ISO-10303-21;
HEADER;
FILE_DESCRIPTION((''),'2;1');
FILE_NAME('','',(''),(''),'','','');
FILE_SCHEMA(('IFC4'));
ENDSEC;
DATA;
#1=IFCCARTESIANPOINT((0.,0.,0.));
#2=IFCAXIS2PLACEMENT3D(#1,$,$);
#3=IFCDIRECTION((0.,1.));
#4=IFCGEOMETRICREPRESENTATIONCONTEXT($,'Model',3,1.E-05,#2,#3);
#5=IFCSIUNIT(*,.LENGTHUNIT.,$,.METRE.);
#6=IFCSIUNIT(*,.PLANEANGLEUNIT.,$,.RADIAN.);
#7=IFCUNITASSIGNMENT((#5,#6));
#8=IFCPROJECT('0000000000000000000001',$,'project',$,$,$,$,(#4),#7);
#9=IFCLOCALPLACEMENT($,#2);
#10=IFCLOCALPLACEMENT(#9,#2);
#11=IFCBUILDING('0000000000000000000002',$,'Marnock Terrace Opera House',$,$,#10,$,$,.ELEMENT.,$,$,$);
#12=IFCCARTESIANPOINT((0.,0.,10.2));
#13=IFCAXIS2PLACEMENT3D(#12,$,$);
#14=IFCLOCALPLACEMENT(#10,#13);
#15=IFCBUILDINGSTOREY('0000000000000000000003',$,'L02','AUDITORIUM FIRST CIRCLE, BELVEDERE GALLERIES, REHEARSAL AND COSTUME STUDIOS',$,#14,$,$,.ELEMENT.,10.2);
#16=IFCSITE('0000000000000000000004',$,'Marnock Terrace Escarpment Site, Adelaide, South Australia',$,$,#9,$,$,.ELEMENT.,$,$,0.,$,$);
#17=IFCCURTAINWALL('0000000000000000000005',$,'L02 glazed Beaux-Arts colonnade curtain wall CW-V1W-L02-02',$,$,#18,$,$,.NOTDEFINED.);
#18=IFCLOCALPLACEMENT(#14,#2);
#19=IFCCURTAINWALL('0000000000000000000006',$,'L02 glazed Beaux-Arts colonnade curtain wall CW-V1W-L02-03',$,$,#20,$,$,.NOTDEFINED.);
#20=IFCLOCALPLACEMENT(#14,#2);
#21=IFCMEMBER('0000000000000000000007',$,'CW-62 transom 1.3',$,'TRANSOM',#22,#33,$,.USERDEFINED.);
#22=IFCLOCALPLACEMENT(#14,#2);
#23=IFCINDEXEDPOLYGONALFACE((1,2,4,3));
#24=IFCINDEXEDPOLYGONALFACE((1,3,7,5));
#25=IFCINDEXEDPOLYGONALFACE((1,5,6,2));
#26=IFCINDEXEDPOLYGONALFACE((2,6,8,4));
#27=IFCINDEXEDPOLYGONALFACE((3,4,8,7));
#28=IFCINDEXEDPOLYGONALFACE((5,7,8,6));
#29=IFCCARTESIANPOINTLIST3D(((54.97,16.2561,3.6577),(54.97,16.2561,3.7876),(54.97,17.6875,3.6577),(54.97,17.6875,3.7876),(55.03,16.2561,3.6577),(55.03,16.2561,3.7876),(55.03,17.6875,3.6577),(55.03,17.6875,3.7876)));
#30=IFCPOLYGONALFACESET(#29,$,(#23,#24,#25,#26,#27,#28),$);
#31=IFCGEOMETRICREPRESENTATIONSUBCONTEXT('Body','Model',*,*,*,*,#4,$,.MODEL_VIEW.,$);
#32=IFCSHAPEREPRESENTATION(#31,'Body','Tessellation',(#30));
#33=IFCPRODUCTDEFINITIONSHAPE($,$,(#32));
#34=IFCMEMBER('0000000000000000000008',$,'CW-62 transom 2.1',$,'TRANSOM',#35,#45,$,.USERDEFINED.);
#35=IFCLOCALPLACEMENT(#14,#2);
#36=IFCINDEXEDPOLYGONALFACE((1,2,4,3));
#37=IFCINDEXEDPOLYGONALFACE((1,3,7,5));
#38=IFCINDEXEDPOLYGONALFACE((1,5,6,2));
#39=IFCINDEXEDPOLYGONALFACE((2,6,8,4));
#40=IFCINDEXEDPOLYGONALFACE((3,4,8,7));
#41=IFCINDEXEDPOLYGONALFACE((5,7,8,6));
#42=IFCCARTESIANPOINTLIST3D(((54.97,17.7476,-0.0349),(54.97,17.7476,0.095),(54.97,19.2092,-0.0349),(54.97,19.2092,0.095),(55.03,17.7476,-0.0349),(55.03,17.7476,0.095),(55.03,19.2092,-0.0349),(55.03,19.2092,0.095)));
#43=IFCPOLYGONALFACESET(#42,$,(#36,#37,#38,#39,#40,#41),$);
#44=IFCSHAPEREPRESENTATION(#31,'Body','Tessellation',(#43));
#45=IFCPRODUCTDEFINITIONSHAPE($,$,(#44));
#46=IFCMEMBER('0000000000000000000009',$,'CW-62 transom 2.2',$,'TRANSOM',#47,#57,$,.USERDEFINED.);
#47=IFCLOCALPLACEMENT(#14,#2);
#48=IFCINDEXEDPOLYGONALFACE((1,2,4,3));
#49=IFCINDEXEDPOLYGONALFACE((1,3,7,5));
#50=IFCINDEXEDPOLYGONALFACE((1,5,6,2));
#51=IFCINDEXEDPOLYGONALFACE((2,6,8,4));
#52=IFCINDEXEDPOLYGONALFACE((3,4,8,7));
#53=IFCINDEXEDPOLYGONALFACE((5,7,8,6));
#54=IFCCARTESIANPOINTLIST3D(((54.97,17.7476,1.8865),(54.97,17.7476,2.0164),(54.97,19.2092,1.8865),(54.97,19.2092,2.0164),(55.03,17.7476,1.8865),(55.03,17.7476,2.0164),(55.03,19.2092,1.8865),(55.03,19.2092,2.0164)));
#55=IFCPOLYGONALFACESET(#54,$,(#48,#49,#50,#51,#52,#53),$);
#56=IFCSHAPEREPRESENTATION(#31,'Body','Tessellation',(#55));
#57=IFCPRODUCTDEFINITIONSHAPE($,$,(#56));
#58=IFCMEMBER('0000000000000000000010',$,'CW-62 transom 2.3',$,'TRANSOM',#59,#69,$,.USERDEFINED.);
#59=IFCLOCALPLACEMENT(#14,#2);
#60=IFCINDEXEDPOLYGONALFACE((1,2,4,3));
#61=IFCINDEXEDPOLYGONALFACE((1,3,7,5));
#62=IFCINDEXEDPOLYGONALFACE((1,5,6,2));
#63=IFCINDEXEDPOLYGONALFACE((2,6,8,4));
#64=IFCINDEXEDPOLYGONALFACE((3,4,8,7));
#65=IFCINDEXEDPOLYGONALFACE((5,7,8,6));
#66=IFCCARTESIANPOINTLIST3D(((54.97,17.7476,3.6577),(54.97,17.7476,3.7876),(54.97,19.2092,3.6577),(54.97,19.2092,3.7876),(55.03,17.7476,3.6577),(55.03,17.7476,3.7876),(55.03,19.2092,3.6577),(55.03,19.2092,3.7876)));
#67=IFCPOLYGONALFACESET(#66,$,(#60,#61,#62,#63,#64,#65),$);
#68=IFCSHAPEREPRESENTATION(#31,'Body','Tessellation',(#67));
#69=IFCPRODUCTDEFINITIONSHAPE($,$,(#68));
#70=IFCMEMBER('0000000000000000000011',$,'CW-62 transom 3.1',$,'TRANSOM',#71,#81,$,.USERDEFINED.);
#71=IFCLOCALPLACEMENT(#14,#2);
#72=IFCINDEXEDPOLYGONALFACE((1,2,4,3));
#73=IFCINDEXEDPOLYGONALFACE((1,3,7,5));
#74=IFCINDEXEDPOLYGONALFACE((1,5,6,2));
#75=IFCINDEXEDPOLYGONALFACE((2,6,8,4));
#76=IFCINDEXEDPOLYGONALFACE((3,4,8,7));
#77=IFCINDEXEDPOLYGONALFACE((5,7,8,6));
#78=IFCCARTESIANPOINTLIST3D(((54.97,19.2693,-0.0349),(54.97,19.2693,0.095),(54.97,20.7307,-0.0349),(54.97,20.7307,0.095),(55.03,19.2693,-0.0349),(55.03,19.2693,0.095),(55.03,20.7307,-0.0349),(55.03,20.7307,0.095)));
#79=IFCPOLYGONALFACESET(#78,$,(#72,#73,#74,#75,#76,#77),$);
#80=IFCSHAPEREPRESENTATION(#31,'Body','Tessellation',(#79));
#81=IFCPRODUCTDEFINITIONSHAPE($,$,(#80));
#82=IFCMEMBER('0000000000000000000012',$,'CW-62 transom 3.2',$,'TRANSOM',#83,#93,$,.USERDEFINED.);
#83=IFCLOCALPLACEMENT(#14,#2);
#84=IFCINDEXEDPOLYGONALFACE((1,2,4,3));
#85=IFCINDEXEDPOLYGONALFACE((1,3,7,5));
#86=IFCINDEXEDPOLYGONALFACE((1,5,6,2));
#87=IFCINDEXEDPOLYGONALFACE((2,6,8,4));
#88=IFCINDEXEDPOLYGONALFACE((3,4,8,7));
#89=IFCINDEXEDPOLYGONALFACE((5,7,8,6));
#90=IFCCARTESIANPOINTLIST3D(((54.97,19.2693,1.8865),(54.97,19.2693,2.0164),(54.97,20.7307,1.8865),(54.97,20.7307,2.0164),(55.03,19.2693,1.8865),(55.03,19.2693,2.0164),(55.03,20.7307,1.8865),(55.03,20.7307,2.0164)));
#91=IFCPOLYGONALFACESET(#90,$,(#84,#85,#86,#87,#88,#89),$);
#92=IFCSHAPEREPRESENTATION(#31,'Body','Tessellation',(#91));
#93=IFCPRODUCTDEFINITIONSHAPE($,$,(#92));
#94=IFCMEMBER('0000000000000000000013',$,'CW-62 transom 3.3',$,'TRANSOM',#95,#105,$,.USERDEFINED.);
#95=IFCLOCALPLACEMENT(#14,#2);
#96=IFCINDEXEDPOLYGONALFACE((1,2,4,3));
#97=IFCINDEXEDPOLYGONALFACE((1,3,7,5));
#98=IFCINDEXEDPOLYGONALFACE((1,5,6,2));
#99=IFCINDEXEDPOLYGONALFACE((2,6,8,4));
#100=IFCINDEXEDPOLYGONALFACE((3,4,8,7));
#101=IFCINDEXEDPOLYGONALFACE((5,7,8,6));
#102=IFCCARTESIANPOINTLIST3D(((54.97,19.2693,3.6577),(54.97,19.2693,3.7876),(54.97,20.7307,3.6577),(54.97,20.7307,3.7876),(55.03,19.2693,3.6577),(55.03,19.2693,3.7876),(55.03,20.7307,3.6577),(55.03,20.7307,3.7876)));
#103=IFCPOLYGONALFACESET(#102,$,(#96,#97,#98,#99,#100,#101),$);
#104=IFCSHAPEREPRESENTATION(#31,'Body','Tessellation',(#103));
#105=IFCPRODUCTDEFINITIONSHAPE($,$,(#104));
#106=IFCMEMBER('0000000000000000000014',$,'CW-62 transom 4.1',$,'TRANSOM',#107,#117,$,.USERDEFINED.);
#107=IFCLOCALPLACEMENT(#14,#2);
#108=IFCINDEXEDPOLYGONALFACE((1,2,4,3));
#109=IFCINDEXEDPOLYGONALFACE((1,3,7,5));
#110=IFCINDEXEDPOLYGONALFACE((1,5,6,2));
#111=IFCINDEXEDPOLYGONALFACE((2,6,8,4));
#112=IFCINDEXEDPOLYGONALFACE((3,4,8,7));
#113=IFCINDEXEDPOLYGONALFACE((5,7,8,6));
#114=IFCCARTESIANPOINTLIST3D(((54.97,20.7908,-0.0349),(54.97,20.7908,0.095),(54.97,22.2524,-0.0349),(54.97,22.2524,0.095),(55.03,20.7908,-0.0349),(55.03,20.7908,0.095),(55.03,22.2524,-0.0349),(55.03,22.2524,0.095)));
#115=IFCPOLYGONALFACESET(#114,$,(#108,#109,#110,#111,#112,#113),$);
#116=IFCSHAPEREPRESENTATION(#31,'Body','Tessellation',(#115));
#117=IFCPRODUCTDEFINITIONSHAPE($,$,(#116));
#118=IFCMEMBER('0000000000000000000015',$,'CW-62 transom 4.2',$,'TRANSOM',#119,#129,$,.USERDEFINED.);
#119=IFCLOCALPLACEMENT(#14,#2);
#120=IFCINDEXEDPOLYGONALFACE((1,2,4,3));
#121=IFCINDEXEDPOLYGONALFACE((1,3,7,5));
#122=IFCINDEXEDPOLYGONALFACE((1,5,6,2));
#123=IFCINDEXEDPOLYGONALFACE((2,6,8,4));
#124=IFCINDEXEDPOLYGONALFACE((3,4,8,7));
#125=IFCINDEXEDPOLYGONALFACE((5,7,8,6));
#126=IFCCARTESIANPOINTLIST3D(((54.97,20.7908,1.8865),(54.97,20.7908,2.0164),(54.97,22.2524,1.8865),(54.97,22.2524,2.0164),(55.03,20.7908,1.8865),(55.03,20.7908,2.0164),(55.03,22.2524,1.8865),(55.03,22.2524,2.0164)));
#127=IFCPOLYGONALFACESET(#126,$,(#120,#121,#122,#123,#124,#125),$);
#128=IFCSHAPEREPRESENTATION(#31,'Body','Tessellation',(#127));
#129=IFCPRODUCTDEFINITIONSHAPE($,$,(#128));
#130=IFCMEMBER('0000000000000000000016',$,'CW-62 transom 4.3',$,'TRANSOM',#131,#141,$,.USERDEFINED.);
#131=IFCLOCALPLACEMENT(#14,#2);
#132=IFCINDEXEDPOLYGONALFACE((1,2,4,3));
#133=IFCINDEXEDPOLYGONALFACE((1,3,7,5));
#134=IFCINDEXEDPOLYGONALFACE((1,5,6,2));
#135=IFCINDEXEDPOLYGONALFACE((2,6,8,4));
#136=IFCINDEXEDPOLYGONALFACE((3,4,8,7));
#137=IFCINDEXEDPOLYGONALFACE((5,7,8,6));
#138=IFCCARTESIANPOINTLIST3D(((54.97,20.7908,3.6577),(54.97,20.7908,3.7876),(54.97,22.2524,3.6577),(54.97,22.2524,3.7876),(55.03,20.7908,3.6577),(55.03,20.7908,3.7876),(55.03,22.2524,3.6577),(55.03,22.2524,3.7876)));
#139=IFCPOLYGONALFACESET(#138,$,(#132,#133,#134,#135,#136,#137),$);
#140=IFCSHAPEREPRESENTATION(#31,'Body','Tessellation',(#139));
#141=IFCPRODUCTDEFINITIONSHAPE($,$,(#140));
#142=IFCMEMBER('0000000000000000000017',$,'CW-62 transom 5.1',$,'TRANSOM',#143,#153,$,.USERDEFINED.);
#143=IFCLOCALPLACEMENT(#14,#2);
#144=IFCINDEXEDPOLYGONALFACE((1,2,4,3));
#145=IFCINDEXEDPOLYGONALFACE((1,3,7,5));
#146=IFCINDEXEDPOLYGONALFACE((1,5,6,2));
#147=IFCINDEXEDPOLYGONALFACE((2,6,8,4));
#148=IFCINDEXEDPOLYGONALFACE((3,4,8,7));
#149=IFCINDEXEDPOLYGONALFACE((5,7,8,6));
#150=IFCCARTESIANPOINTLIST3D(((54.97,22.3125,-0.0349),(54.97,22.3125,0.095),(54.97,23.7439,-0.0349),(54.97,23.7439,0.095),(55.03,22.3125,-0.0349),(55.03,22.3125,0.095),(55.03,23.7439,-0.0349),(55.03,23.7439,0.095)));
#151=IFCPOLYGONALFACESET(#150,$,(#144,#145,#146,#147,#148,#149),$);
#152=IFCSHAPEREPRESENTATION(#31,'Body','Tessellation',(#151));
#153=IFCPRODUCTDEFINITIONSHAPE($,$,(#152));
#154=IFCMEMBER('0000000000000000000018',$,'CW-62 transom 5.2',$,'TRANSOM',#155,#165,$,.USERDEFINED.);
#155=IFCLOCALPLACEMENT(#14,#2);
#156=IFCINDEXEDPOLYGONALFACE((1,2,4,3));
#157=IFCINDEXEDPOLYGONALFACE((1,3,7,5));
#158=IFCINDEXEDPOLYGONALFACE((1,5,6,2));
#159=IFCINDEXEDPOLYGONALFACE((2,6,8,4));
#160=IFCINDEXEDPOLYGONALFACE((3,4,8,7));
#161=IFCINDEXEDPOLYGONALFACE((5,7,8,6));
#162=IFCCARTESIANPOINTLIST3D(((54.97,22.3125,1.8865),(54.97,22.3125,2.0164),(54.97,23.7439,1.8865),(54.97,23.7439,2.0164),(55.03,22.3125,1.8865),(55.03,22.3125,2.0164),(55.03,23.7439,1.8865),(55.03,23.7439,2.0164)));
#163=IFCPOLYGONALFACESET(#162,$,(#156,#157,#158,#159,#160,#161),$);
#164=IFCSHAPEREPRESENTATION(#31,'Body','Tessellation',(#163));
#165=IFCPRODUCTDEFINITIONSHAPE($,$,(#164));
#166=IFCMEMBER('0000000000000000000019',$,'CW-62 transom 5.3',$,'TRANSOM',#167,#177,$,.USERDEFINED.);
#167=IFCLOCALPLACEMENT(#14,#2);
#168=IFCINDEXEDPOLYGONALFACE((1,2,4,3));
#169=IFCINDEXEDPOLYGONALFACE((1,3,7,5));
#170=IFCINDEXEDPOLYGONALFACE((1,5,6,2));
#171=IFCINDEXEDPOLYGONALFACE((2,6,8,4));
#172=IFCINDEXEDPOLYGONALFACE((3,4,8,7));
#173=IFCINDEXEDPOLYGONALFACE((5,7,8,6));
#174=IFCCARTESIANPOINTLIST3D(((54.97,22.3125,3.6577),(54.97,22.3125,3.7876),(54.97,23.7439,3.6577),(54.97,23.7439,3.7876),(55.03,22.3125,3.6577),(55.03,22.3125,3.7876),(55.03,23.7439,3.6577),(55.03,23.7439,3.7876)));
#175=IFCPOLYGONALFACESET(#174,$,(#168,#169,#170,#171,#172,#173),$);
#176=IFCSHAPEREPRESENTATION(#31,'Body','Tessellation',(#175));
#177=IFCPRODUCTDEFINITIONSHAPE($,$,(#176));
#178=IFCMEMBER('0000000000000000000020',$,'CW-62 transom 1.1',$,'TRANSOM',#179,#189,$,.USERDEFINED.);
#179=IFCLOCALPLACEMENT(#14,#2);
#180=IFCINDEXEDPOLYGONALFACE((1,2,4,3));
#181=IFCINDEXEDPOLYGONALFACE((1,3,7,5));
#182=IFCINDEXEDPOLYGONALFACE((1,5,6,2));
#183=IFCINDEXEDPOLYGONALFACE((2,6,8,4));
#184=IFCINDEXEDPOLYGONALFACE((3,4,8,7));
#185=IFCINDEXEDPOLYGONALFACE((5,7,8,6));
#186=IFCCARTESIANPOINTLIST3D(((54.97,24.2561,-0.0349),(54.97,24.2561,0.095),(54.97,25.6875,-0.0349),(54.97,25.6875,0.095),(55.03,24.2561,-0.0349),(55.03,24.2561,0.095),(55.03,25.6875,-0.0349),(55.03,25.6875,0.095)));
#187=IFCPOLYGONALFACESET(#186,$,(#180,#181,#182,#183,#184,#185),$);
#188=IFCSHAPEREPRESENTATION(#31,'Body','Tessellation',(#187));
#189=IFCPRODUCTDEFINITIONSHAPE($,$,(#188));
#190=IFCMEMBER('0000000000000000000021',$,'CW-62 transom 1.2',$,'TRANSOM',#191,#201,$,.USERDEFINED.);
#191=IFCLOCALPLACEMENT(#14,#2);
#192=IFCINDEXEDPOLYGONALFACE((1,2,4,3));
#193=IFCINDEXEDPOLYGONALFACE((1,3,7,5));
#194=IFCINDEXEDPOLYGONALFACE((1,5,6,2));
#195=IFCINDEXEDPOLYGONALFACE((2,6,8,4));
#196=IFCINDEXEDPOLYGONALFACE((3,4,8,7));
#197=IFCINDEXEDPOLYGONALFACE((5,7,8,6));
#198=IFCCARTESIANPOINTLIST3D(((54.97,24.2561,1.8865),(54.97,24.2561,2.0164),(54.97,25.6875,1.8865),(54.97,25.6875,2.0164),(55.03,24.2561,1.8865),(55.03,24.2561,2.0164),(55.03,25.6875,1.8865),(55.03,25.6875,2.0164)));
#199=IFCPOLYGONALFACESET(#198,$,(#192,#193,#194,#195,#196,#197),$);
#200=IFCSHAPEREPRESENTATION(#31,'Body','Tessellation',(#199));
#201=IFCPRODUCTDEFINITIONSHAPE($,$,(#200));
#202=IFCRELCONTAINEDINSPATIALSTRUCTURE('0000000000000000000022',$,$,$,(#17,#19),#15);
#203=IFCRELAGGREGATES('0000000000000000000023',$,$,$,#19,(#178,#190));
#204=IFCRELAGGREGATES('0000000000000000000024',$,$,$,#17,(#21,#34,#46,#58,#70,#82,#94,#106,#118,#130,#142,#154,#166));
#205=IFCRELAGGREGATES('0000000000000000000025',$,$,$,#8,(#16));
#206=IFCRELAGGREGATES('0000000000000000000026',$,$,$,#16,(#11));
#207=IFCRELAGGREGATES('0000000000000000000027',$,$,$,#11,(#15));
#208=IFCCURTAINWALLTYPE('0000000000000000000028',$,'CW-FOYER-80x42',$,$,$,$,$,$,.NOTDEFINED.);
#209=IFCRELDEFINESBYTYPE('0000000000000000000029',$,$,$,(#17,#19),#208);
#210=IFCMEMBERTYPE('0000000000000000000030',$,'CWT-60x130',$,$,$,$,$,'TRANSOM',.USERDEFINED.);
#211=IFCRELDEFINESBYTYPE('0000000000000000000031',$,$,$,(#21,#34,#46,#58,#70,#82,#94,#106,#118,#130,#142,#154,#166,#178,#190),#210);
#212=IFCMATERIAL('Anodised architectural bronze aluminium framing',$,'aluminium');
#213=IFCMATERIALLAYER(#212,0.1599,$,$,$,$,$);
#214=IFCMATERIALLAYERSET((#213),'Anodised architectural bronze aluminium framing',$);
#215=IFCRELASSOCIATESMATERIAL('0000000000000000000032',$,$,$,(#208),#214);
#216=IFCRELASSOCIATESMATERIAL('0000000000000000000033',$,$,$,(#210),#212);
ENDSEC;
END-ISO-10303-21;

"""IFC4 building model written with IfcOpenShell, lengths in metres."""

from ifc_helpers import new_model, si_unit, direction, frame, origin, origin_2d, place, context, subcontext, project, spatial, rectangle, extrude, material, layer, layer_set, material_profile, profile_set, type_object, element, aggregate, save


model = new_model("IFC4")

# Units and contexts
model_context = context("Model", 3, precision=1e-05, world=origin(), true_north=direction((0.0, 1.0)))
body_context = subcontext(model_context, "Body", "Model", "MODEL_VIEW")
ifc_project = project(units=[si_unit("LENGTHUNIT", "METRE"), si_unit("PLANEANGLEUNIT", "RADIAN")], contexts=[model_context])

# Site, building, storey
site_placement = place(None, origin())
site = spatial("IfcSite", under=ifc_project, at=site_placement, Name="Marnock Terrace Escarpment Site, Adelaide, South Australia", CompositionType="ELEMENT", RefElevation=0.0)
building_placement = place(site_placement, origin())
building = spatial("IfcBuilding", under=site, at=building_placement, Name="Marnock Terrace Opera House", CompositionType="ELEMENT")
storey_placement = place(building_placement, frame((0.0, 0.0, 10.2)))
storey = spatial("IfcBuildingStorey", under=building, at=storey_placement, Name="L02", Description="AUDITORIUM FIRST CIRCLE, BELVEDERE GALLERIES, REHEARSAL AND COSTUME STUDIOS", CompositionType="ELEMENT", Elevation=10.2)

# Curtain wall
ifc_material_1 = material(Name="Anodised architectural bronze aluminium framing", Category="aluminium")
ifc_layer_1 = layer(ifc_material_1, 0.1599)
ifc_layer_set_1 = layer_set([ifc_layer_1], Name="Anodised architectural bronze aluminium framing")
curtain_wall_type = type_object("IfcCurtainWallType", Name="CW-FOYER-80x42", PredefinedType="NOTDEFINED", material=ifc_layer_set_1)
curtain_wall_1_placement = place(storey_placement, origin())
curtain_wall_1 = element("IfcCurtainWall", 1, at=curtain_wall_1_placement, inside=storey, type_object=curtain_wall_type, Name="L02 glazed Beaux-Arts colonnade curtain wall CW-V1W-L02-02", PredefinedType="NOTDEFINED")

# Curtain wall
curtain_wall_2_placement = place(storey_placement, origin())
curtain_wall_2 = element("IfcCurtainWall", 2, at=curtain_wall_2_placement, inside=storey, type_object=curtain_wall_type, Name="L02 glazed Beaux-Arts colonnade curtain wall CW-V1W-L02-03", PredefinedType="NOTDEFINED")

# Members
ifc_material_profile_1 = material_profile(ifc_material_1, rectangle(XDim=0.0601, YDim=0.1299, at=origin_2d()))
ifc_profile_set_1 = profile_set([ifc_material_profile_1], Name="Anodised architectural bronze aluminium framing")
member_type_1 = type_object("IfcMemberType", Name="CWT-60x130", ElementType="TRANSOM", PredefinedType="USERDEFINED", material=ifc_profile_set_1)
member_1_placement = place(storey_placement, frame((55.0, 16.2561, 3.7227), z_axis=(0.0, 1.0, 0.0), x_axis=(-1.0, 0.0, 0.0)))
member_1 = element("IfcMember", 3, at=member_1_placement, type_object=member_type_1, Name="CW-62 transom 1.3", ObjectType="TRANSOM", PredefinedType="USERDEFINED", context=body_context, shape_type="SweptSolid", body=[
    extrude(rectangle(XDim=0.0601, YDim=0.1299, at=origin_2d()), origin(), (0.0, 0.0, 1.0), 1.4314),
])
member_2_placement = place(storey_placement, frame((55.0, 17.7476, 0.03), z_axis=(0.0, 1.0, 0.0), x_axis=(-1.0, 0.0, 0.0)))
member_2 = element("IfcMember", 4, at=member_2_placement, type_object=member_type_1, Name="CW-62 transom 2.1", ObjectType="TRANSOM", PredefinedType="USERDEFINED", context=body_context, shape_type="SweptSolid", body=[
    extrude(rectangle(XDim=0.0601, YDim=0.1299, at=origin_2d()), origin(), (0.0, 0.0, 1.0), 1.4617),
])
member_3_placement = place(storey_placement, frame((55.0, 17.7476, 1.9514), z_axis=(0.0, 1.0, 0.0), x_axis=(-1.0, 0.0, 0.0)))
member_3 = element("IfcMember", 5, at=member_3_placement, type_object=member_type_1, Name="CW-62 transom 2.2", ObjectType="TRANSOM", PredefinedType="USERDEFINED", context=body_context, shape_type="SweptSolid", body=[
    extrude(rectangle(XDim=0.0601, YDim=0.1299, at=origin_2d()), origin(), (0.0, 0.0, 1.0), 1.4617),
])
member_4_placement = place(storey_placement, frame((55.0, 17.7476, 3.7227), z_axis=(0.0, 1.0, 0.0), x_axis=(-1.0, 0.0, 0.0)))
member_4 = element("IfcMember", 6, at=member_4_placement, type_object=member_type_1, Name="CW-62 transom 2.3", ObjectType="TRANSOM", PredefinedType="USERDEFINED", context=body_context, shape_type="SweptSolid", body=[
    extrude(rectangle(XDim=0.0601, YDim=0.1299, at=origin_2d()), origin(), (0.0, 0.0, 1.0), 1.4617),
])
member_5_placement = place(storey_placement, frame((55.0, 19.2693, 0.03), z_axis=(0.0, 1.0, 0.0), x_axis=(-1.0, 0.0, 0.0)))
member_5 = element("IfcMember", 7, at=member_5_placement, type_object=member_type_1, Name="CW-62 transom 3.1", ObjectType="TRANSOM", PredefinedType="USERDEFINED", context=body_context, shape_type="SweptSolid", body=[
    extrude(rectangle(XDim=0.0601, YDim=0.1299, at=origin_2d()), origin(), (0.0, 0.0, 1.0), 1.4614),
])
member_6_placement = place(storey_placement, frame((55.0, 19.2693, 1.9514), z_axis=(0.0, 1.0, 0.0), x_axis=(-1.0, 0.0, 0.0)))
member_6 = element("IfcMember", 8, at=member_6_placement, type_object=member_type_1, Name="CW-62 transom 3.2", ObjectType="TRANSOM", PredefinedType="USERDEFINED", context=body_context, shape_type="SweptSolid", body=[
    extrude(rectangle(XDim=0.0601, YDim=0.1299, at=origin_2d()), origin(), (0.0, 0.0, 1.0), 1.4614),
])
member_7_placement = place(storey_placement, frame((55.0, 19.2693, 3.7227), z_axis=(0.0, 1.0, 0.0), x_axis=(-1.0, 0.0, 0.0)))
member_7 = element("IfcMember", 9, at=member_7_placement, type_object=member_type_1, Name="CW-62 transom 3.3", ObjectType="TRANSOM", PredefinedType="USERDEFINED", context=body_context, shape_type="SweptSolid", body=[
    extrude(rectangle(XDim=0.0601, YDim=0.1299, at=origin_2d()), origin(), (0.0, 0.0, 1.0), 1.4614),
])
member_8_placement = place(storey_placement, frame((55.0, 20.7908, 0.03), z_axis=(0.0, 1.0, 0.0), x_axis=(-1.0, 0.0, 0.0)))
member_8 = element("IfcMember", 10, at=member_8_placement, type_object=member_type_1, Name="CW-62 transom 4.1", ObjectType="TRANSOM", PredefinedType="USERDEFINED", context=body_context, shape_type="SweptSolid", body=[
    extrude(rectangle(XDim=0.0601, YDim=0.1299, at=origin_2d()), origin(), (0.0, 0.0, 1.0), 1.4617),
])
member_9_placement = place(storey_placement, frame((55.0, 20.7908, 1.9514), z_axis=(0.0, 1.0, 0.0), x_axis=(-1.0, 0.0, 0.0)))
member_9 = element("IfcMember", 11, at=member_9_placement, type_object=member_type_1, Name="CW-62 transom 4.2", ObjectType="TRANSOM", PredefinedType="USERDEFINED", context=body_context, shape_type="SweptSolid", body=[
    extrude(rectangle(XDim=0.0601, YDim=0.1299, at=origin_2d()), origin(), (0.0, 0.0, 1.0), 1.4617),
])
member_10_placement = place(storey_placement, frame((55.0, 20.7908, 3.7227), z_axis=(0.0, 1.0, 0.0), x_axis=(-1.0, 0.0, 0.0)))
member_10 = element("IfcMember", 12, at=member_10_placement, type_object=member_type_1, Name="CW-62 transom 4.3", ObjectType="TRANSOM", PredefinedType="USERDEFINED", context=body_context, shape_type="SweptSolid", body=[
    extrude(rectangle(XDim=0.0601, YDim=0.1299, at=origin_2d()), origin(), (0.0, 0.0, 1.0), 1.4617),
])
member_11_placement = place(storey_placement, frame((55.0, 22.3125, 0.03), z_axis=(0.0, 1.0, 0.0), x_axis=(-1.0, 0.0, 0.0)))
member_11 = element("IfcMember", 13, at=member_11_placement, type_object=member_type_1, Name="CW-62 transom 5.1", ObjectType="TRANSOM", PredefinedType="USERDEFINED", context=body_context, shape_type="SweptSolid", body=[
    extrude(rectangle(XDim=0.0601, YDim=0.1299, at=origin_2d()), origin(), (0.0, 0.0, 1.0), 1.4314),
])
member_12_placement = place(storey_placement, frame((55.0, 22.3125, 1.9514), z_axis=(0.0, 1.0, 0.0), x_axis=(-1.0, 0.0, 0.0)))
member_12 = element("IfcMember", 14, at=member_12_placement, type_object=member_type_1, Name="CW-62 transom 5.2", ObjectType="TRANSOM", PredefinedType="USERDEFINED", context=body_context, shape_type="SweptSolid", body=[
    extrude(rectangle(XDim=0.0601, YDim=0.1299, at=origin_2d()), origin(), (0.0, 0.0, 1.0), 1.4314),
])
member_13_placement = place(storey_placement, frame((55.0, 22.3125, 3.7227), z_axis=(0.0, 1.0, 0.0), x_axis=(-1.0, 0.0, 0.0)))
member_13 = element("IfcMember", 15, at=member_13_placement, type_object=member_type_1, Name="CW-62 transom 5.3", ObjectType="TRANSOM", PredefinedType="USERDEFINED", context=body_context, shape_type="SweptSolid", body=[
    extrude(rectangle(XDim=0.0601, YDim=0.1299, at=origin_2d()), origin(), (0.0, 0.0, 1.0), 1.4314),
])
member_14_placement = place(storey_placement, frame((55.0, 24.2561, 0.03), z_axis=(0.0, 1.0, 0.0), x_axis=(-1.0, 0.0, 0.0)))
member_14 = element("IfcMember", 16, at=member_14_placement, type_object=member_type_1, Name="CW-62 transom 1.1", ObjectType="TRANSOM", PredefinedType="USERDEFINED", context=body_context, shape_type="SweptSolid", body=[
    extrude(rectangle(XDim=0.0601, YDim=0.1299, at=origin_2d()), origin(), (0.0, 0.0, 1.0), 1.4314),
])
member_15_placement = place(storey_placement, frame((55.0, 24.2561, 1.9514), z_axis=(0.0, 1.0, 0.0), x_axis=(-1.0, 0.0, 0.0)))
member_15 = element("IfcMember", 17, at=member_15_placement, type_object=member_type_1, Name="CW-62 transom 1.2", ObjectType="TRANSOM", PredefinedType="USERDEFINED", context=body_context, shape_type="SweptSolid", body=[
    extrude(rectangle(XDim=0.0601, YDim=0.1299, at=origin_2d()), origin(), (0.0, 0.0, 1.0), 1.4314),
])
aggregate(curtain_wall_2, [member_14, member_15])

aggregate(curtain_wall_1, [member_1, member_2, member_3, member_4, member_5, member_6, member_7, member_8, member_9, member_10, member_11, member_12, member_13])

save(model, "model.ifc")
